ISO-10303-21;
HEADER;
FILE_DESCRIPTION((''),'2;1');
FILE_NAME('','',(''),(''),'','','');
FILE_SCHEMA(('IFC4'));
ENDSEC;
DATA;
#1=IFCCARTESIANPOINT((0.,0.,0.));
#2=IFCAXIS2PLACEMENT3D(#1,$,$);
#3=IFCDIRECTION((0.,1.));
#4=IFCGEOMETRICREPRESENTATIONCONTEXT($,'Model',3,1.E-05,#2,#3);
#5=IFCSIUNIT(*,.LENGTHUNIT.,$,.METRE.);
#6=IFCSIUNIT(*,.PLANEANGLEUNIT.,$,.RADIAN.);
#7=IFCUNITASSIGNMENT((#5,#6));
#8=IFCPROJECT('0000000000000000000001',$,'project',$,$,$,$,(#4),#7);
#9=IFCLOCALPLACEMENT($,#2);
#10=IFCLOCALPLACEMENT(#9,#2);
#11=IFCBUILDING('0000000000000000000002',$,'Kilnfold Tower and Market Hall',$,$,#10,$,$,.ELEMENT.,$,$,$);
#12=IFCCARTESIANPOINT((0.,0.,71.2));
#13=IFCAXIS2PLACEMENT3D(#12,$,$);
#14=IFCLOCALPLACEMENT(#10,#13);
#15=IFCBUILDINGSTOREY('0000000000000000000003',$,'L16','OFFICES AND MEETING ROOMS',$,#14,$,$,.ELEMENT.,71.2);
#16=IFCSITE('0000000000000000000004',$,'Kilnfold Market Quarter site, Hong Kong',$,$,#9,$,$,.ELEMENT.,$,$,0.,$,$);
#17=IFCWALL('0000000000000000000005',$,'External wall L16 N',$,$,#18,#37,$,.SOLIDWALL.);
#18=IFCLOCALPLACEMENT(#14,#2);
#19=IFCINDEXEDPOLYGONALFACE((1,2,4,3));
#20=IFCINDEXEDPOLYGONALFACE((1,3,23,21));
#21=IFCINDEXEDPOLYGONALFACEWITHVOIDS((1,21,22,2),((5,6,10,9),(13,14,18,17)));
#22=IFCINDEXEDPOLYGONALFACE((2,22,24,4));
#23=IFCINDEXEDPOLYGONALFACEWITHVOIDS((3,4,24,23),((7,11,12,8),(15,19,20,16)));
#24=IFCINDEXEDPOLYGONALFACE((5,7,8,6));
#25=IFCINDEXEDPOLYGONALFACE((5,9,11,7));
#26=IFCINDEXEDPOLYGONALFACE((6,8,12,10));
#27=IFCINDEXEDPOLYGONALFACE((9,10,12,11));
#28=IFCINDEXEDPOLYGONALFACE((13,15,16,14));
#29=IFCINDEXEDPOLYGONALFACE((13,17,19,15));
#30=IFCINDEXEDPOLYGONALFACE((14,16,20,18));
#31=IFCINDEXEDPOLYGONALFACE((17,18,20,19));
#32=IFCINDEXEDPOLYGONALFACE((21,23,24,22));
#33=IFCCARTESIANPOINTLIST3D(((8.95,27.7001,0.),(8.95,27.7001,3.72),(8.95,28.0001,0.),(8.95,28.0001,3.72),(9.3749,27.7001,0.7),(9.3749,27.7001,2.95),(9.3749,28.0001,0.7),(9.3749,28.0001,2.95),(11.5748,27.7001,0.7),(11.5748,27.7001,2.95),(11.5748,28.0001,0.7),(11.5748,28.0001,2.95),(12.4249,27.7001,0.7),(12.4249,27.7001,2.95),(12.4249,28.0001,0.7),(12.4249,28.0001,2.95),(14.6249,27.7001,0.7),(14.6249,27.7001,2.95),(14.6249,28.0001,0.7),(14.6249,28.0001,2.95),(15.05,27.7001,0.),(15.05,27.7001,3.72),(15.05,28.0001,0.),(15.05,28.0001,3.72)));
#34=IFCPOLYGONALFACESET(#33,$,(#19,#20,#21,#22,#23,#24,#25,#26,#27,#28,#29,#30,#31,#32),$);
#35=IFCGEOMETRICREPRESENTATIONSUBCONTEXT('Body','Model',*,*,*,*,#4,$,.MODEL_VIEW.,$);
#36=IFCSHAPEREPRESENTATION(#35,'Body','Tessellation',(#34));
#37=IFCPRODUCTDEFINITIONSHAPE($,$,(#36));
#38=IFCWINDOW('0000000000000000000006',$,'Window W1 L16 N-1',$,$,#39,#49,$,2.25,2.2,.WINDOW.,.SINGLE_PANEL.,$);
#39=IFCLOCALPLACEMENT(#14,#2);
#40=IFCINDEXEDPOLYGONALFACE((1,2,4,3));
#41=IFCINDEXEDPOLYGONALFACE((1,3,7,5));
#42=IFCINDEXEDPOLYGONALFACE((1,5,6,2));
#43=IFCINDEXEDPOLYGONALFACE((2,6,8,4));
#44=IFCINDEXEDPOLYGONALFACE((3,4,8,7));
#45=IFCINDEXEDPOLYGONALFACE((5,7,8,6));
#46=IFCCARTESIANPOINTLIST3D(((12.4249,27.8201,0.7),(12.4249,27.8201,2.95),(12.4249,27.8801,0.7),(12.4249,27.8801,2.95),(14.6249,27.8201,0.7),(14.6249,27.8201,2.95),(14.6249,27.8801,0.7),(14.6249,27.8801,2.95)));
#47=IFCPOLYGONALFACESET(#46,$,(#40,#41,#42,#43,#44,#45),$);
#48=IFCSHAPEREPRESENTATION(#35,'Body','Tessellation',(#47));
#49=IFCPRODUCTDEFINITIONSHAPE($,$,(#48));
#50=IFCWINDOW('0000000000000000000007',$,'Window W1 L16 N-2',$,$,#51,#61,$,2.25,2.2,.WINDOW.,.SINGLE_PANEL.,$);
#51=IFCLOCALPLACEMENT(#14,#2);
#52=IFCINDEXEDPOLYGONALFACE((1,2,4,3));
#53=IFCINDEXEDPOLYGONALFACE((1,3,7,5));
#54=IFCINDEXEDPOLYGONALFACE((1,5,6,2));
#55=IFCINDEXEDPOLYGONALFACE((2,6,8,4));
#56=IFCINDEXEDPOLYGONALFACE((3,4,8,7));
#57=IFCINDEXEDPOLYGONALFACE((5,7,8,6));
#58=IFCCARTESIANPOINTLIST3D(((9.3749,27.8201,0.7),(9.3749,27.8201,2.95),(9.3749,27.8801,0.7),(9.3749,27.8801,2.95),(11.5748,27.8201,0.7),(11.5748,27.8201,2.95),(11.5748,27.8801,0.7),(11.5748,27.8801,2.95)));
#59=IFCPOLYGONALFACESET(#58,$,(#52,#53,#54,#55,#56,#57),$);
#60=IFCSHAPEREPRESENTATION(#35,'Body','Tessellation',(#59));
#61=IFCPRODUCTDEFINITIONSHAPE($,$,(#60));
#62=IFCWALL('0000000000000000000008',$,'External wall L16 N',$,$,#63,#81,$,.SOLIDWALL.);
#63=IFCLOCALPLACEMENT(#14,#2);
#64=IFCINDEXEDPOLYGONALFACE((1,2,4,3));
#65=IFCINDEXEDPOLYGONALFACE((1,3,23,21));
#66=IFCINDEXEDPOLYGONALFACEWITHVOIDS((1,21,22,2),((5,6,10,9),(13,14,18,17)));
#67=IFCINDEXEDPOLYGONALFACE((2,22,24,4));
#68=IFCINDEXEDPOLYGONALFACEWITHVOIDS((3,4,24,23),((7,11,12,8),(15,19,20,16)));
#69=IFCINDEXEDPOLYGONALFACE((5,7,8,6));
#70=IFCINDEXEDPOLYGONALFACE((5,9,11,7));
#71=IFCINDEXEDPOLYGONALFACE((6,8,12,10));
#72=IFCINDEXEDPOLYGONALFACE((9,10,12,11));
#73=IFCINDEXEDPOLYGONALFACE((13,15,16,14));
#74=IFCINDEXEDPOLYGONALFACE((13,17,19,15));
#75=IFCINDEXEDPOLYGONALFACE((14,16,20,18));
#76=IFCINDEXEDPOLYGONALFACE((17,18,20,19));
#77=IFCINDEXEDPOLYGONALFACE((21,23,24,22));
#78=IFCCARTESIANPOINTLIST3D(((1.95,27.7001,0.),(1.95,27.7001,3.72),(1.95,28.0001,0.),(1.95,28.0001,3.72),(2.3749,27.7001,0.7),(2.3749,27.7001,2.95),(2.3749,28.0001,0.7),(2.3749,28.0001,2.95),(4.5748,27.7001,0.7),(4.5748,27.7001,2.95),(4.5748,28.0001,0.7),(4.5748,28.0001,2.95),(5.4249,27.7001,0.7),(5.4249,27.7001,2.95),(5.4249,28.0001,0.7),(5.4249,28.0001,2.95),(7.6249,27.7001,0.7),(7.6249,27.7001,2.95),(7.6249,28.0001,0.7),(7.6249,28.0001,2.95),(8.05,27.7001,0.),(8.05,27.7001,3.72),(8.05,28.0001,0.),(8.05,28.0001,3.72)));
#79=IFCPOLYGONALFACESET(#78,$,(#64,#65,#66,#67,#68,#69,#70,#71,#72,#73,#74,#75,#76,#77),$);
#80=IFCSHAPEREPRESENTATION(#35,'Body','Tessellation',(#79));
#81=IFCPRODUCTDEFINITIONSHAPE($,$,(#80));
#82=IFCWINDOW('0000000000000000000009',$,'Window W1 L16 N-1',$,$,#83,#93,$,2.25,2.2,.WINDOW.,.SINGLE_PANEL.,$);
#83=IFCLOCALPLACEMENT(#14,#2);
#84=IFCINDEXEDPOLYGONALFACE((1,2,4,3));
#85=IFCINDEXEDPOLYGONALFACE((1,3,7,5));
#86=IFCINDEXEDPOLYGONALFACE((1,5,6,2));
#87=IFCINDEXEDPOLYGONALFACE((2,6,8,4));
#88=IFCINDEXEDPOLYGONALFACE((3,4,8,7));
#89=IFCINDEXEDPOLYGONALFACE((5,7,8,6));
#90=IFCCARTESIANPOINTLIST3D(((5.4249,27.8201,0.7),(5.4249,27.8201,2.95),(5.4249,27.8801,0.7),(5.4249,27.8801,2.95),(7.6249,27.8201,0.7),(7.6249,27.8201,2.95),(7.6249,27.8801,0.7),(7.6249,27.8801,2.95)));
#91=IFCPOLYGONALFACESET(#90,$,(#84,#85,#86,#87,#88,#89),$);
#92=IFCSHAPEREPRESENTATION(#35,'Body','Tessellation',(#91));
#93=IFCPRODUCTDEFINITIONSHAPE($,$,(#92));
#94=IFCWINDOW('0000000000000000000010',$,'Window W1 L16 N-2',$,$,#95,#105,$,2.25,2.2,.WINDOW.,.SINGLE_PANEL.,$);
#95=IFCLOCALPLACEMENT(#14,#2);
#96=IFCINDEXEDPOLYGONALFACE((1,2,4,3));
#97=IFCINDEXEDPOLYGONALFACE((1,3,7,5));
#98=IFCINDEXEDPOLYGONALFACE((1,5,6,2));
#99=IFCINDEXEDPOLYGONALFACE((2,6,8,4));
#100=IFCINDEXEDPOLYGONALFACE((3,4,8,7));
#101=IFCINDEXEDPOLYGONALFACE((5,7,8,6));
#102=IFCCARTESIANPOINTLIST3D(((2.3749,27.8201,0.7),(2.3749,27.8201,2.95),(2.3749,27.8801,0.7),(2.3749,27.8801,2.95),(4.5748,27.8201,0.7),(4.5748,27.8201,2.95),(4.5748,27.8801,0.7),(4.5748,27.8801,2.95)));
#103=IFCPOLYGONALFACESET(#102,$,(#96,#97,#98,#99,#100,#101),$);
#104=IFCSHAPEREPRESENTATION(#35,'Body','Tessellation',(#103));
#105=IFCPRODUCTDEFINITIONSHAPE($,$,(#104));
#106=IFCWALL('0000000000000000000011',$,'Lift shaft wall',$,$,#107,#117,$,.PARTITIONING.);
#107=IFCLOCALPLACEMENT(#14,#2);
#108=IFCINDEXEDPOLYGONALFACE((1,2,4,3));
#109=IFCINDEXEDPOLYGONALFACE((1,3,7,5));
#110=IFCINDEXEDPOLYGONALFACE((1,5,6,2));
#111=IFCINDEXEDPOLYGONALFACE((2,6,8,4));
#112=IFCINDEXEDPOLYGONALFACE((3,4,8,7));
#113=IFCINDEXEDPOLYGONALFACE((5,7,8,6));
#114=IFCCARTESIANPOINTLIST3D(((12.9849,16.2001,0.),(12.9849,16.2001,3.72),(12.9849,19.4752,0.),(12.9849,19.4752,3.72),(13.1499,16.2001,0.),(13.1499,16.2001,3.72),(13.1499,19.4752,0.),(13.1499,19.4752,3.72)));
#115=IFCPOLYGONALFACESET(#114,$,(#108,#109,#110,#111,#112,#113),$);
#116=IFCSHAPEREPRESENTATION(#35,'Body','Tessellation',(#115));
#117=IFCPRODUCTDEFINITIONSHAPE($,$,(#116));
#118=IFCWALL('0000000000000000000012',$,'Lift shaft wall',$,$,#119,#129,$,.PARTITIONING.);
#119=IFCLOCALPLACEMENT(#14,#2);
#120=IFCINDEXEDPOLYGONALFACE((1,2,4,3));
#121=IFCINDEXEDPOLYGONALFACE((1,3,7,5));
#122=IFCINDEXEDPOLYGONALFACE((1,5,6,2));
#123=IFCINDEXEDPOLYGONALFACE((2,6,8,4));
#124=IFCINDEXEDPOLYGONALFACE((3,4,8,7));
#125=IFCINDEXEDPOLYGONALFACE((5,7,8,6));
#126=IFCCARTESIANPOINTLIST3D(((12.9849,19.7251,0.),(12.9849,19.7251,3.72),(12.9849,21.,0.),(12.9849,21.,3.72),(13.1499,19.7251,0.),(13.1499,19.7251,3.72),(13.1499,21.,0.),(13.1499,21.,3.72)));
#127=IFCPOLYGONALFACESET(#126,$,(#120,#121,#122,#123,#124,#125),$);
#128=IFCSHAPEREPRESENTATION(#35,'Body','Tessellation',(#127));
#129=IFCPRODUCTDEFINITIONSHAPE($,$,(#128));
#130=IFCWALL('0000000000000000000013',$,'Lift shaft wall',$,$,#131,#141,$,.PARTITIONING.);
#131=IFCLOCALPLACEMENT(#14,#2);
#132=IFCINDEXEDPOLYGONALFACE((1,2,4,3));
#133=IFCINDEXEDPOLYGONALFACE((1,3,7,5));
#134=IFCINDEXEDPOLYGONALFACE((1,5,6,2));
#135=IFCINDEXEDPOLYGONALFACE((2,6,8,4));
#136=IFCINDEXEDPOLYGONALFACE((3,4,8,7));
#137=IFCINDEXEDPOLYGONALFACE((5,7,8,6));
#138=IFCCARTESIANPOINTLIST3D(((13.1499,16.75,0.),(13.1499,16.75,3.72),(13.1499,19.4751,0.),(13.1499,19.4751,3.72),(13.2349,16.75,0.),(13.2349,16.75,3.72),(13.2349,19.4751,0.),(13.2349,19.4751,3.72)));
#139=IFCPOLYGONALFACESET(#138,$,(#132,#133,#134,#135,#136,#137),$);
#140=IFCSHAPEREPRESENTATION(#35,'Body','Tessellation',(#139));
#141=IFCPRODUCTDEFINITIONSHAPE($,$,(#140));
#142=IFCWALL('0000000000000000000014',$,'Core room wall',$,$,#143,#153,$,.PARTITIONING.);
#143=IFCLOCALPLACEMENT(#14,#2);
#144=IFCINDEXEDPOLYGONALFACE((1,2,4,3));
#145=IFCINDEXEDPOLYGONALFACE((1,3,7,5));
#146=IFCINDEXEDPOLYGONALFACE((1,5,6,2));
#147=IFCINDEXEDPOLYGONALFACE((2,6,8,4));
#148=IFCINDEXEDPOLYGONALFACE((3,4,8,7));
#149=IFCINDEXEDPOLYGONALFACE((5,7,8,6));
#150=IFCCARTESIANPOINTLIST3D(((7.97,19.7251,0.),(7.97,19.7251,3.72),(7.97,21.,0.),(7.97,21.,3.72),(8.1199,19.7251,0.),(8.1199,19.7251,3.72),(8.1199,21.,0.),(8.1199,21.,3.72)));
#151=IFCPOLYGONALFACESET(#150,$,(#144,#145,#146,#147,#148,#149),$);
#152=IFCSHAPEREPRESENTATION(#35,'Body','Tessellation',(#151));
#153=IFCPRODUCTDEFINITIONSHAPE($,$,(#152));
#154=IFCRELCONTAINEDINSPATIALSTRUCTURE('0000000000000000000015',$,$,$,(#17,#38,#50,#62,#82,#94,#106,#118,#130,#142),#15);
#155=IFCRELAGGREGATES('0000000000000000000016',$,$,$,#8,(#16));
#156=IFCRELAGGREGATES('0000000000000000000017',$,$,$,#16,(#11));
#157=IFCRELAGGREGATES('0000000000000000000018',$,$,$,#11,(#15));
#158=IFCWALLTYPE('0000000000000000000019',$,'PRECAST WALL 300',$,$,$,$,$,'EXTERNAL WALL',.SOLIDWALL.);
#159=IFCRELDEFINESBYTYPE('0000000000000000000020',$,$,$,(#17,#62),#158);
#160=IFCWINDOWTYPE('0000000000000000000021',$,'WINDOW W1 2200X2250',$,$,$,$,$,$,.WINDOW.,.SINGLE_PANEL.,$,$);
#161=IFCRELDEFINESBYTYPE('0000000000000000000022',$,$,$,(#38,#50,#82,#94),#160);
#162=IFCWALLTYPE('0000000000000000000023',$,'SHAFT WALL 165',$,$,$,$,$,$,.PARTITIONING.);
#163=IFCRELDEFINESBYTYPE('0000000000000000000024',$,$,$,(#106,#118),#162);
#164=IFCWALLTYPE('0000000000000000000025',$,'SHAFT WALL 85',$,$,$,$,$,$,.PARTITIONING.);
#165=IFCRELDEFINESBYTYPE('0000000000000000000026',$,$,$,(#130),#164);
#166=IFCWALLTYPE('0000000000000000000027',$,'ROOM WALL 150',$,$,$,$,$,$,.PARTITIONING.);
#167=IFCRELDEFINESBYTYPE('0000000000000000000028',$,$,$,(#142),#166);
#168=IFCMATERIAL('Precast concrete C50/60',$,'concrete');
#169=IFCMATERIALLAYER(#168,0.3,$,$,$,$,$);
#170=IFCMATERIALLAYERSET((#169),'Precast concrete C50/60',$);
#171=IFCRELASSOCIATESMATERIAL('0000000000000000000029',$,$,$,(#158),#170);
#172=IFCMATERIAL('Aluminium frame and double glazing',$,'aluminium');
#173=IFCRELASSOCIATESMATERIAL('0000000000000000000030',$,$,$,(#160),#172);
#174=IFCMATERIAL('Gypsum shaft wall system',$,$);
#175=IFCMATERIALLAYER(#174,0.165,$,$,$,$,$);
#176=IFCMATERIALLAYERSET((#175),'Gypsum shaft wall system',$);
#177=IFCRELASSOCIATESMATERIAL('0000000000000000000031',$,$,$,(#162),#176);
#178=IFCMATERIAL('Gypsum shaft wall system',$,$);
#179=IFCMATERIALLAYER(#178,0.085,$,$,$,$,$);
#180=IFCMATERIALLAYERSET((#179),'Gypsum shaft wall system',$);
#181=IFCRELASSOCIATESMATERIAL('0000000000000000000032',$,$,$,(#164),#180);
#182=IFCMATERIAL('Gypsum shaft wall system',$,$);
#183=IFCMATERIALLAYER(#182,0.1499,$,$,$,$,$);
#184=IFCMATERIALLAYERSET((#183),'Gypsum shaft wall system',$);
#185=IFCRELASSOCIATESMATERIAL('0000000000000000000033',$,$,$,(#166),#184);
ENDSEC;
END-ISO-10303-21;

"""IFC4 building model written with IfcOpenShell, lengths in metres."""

from ifc_helpers import new_model, si_unit, direction, frame, frame_2d, origin, place, context, subcontext, project, spatial, rectangle, extrude, source, transform, mapped, material, layer, layer_set, type_object, element, fill, save


model = new_model("IFC4")

# Units and contexts
model_context = context("Model", 3, precision=1e-05, world=origin(), true_north=direction((0.0, 1.0)))
body_context = subcontext(model_context, "Body", "Model", "MODEL_VIEW")
ifc_project = project(units=[si_unit("LENGTHUNIT", "METRE"), si_unit("PLANEANGLEUNIT", "RADIAN")], contexts=[model_context])

# Site, building, storey
site_placement = place(None, origin())
site = spatial("IfcSite", under=ifc_project, at=site_placement, Name="Kilnfold Market Quarter site, Hong Kong", CompositionType="ELEMENT", RefElevation=0.0)
building_placement = place(site_placement, origin())
building = spatial("IfcBuilding", under=site, at=building_placement, Name="Kilnfold Tower and Market Hall", CompositionType="ELEMENT")
storey_placement = place(building_placement, frame((0.0, 0.0, 71.2)))
storey = spatial("IfcBuildingStorey", under=building, at=storey_placement, Name="L16", Description="OFFICES AND MEETING ROOMS", CompositionType="ELEMENT", Elevation=71.2)

# Walls, openings, windows
ifc_material_1 = material(Name="Precast concrete C50/60", Category="concrete")
ifc_layer_1 = layer(ifc_material_1, 0.3)
ifc_layer_set_1 = layer_set([ifc_layer_1], Name="Precast concrete C50/60")
wall_type_1 = type_object("IfcWallType", Name="PRECAST WALL 300", ElementType="EXTERNAL WALL", PredefinedType="SOLIDWALL", material=ifc_layer_set_1)
shared_shape_1 = source(origin(), body_context, "Body", "SweptSolid", [
    extrude(rectangle(XDim=6.1001, YDim=0.3, at=frame_2d((3.05, 0.0))), origin(), (0.0, 0.0, 1.0), 3.72),
])
ifc_material_2 = material(Name="Aluminium frame and double glazing", Category="aluminium")
window_type = type_object("IfcWindowType", Name="WINDOW W1 2200X2250", PartitioningType="SINGLE_PANEL", PredefinedType="WINDOW", material=ifc_material_2)
wall_1_placement = place(storey_placement, frame((15.05, 27.8501, 0.0), z_axis=(0.0, 0.0, 1.0), x_axis=(-1.0, 0.0, 0.0)))
wall_1 = element("IfcWall", 1, at=wall_1_placement, inside=storey, type_object=wall_type_1, Name="External wall L16 N", PredefinedType="SOLIDWALL", context=body_context, shape_type="MappedRepresentation", body=[
    mapped(shared_shape_1, transform((0.0, 0.0, 0.0))),
])
opening_1_placement = place(wall_1_placement, frame((0.425, 0.0, 0.7)))
opening_1 = element("IfcOpeningElement", 2, at=opening_1_placement, cuts=wall_1, PredefinedType="OPENING", context=body_context, shape_type="SweptSolid", body=[
    extrude(rectangle(XDim=2.2, YDim=2.25, at=frame_2d((1.1001, 1.125))), frame((0.0, 0.1602, 0.0), z_axis=(0.0, -1.0, 0.0), x_axis=(1.0, 0.0, 0.0)), (0.0, 0.0, 1.0), 0.3201),
])
opening_2_placement = place(wall_1_placement, frame((3.4751, 0.0, 0.7)))
opening_2 = element("IfcOpeningElement", 3, at=opening_2_placement, cuts=wall_1, PredefinedType="OPENING", context=body_context, shape_type="SweptSolid", body=[
    extrude(rectangle(XDim=2.2, YDim=2.25, at=frame_2d((1.1001, 1.125))), frame((0.0, 0.1602, 0.0), z_axis=(0.0, -1.0, 0.0), x_axis=(1.0, 0.0, 0.0)), (0.0, 0.0, 1.0), 0.3201),
])
window_1_placement = place(opening_1_placement, origin())
window_1 = element("IfcWindow", 4, at=window_1_placement, inside=storey, type_object=window_type, Name="Window W1 L16 N-1", OverallHeight=2.25, OverallWidth=2.2, PartitioningType="SINGLE_PANEL", PredefinedType="WINDOW", context=body_context, shape_type="SweptSolid", body=[
    extrude(rectangle(XDim=2.2, YDim=2.25, at=frame_2d((1.1001, 1.125))), frame((0.0, 0.03, 0.0), z_axis=(0.0, -1.0, 0.0), x_axis=(1.0, 0.0, 0.0)), (0.0, 0.0, 1.0), 0.0601),
])
fill(opening_1, window_1)
window_2_placement = place(opening_2_placement, origin())
window_2 = element("IfcWindow", 5, at=window_2_placement, inside=storey, type_object=window_type, Name="Window W1 L16 N-2", OverallHeight=2.25, OverallWidth=2.2, PartitioningType="SINGLE_PANEL", PredefinedType="WINDOW", context=body_context, shape_type="SweptSolid", body=[
    extrude(rectangle(XDim=2.2, YDim=2.25, at=frame_2d((1.1001, 1.125))), frame((0.0, 0.03, 0.0), z_axis=(0.0, -1.0, 0.0), x_axis=(1.0, 0.0, 0.0)), (0.0, 0.0, 1.0), 0.0601),
])
fill(opening_2, window_2)
wall_2_placement = place(storey_placement, frame((8.05, 27.8501, 0.0), z_axis=(0.0, 0.0, 1.0), x_axis=(-1.0, 0.0, 0.0)))
wall_2 = element("IfcWall", 6, at=wall_2_placement, inside=storey, type_object=wall_type_1, Name="External wall L16 N", PredefinedType="SOLIDWALL", context=body_context, shape_type="MappedRepresentation", body=[
    mapped(shared_shape_1, transform((0.0, 0.0, 0.0))),
])
opening_3_placement = place(wall_2_placement, frame((0.425, 0.0, 0.7)))
opening_3 = element("IfcOpeningElement", 7, at=opening_3_placement, cuts=wall_2, PredefinedType="OPENING", context=body_context, shape_type="SweptSolid", body=[
    extrude(rectangle(XDim=2.2, YDim=2.25, at=frame_2d((1.1001, 1.125))), frame((0.0, 0.1602, 0.0), z_axis=(0.0, -1.0, 0.0), x_axis=(1.0, 0.0, 0.0)), (0.0, 0.0, 1.0), 0.3201),
])
opening_4_placement = place(wall_2_placement, frame((3.4751, 0.0, 0.7)))
opening_4 = element("IfcOpeningElement", 8, at=opening_4_placement, cuts=wall_2, PredefinedType="OPENING", context=body_context, shape_type="SweptSolid", body=[
    extrude(rectangle(XDim=2.2, YDim=2.25, at=frame_2d((1.1001, 1.125))), frame((0.0, 0.1602, 0.0), z_axis=(0.0, -1.0, 0.0), x_axis=(1.0, 0.0, 0.0)), (0.0, 0.0, 1.0), 0.3201),
])
window_3_placement = place(opening_3_placement, origin())
window_3 = element("IfcWindow", 9, at=window_3_placement, inside=storey, type_object=window_type, Name="Window W1 L16 N-1", OverallHeight=2.25, OverallWidth=2.2, PartitioningType="SINGLE_PANEL", PredefinedType="WINDOW", context=body_context, shape_type="SweptSolid", body=[
    extrude(rectangle(XDim=2.2, YDim=2.25, at=frame_2d((1.1001, 1.125))), frame((0.0, 0.03, 0.0), z_axis=(0.0, -1.0, 0.0), x_axis=(1.0, 0.0, 0.0)), (0.0, 0.0, 1.0), 0.0601),
])
fill(opening_3, window_3)
window_4_placement = place(opening_4_placement, origin())
window_4 = element("IfcWindow", 10, at=window_4_placement, inside=storey, type_object=window_type, Name="Window W1 L16 N-2", OverallHeight=2.25, OverallWidth=2.2, PartitioningType="SINGLE_PANEL", PredefinedType="WINDOW", context=body_context, shape_type="SweptSolid", body=[
    extrude(rectangle(XDim=2.2, YDim=2.25, at=frame_2d((1.1001, 1.125))), frame((0.0, 0.03, 0.0), z_axis=(0.0, -1.0, 0.0), x_axis=(1.0, 0.0, 0.0)), (0.0, 0.0, 1.0), 0.0601),
])
fill(opening_4, window_4)

# Walls
ifc_material_3 = material(Name="Gypsum shaft wall system")
ifc_layer_2 = layer(ifc_material_3, 0.165)
ifc_layer_set_2 = layer_set([ifc_layer_2], Name="Gypsum shaft wall system")
wall_type_2 = type_object("IfcWallType", Name="SHAFT WALL 165", PredefinedType="PARTITIONING", material=ifc_layer_set_2)
shared_shape_2 = source(origin(), body_context, "Body", "SweptSolid", [
    extrude(rectangle(XDim=3.2751, YDim=0.165, at=frame_2d((1.6377, 0.0))), origin(), (0.0, 0.0, 1.0), 3.72),
])
wall_3_placement = place(storey_placement, frame((13.0674, 16.2, 0.0), z_axis=(0.0, 0.0, 1.0), x_axis=(0.0, 1.0, 0.0)))
element("IfcWall", 11, at=wall_3_placement, inside=storey, type_object=wall_type_2, Name="Lift shaft wall", PredefinedType="PARTITIONING", context=body_context, shape_type="MappedRepresentation", body=[
    mapped(shared_shape_2, transform((0.0, 0.0, 0.0))),
])
shared_shape_3 = source(origin(), body_context, "Body", "SweptSolid", [
    extrude(rectangle(XDim=1.2749, YDim=0.165, at=frame_2d((0.6375, 0.0))), origin(), (0.0, 0.0, 1.0), 3.72),
])
wall_4_placement = place(storey_placement, frame((13.0674, 19.7251, 0.0), z_axis=(0.0, 0.0, 1.0), x_axis=(0.0, 1.0, 0.0)))
element("IfcWall", 12, at=wall_4_placement, inside=storey, type_object=wall_type_2, Name="Lift shaft wall", PredefinedType="PARTITIONING", context=body_context, shape_type="MappedRepresentation", body=[
    mapped(shared_shape_3, transform((0.0, 0.0, 0.0))),
])
ifc_material_4 = material(Name="Gypsum shaft wall system")
ifc_layer_3 = layer(ifc_material_4, 0.085)
ifc_layer_set_3 = layer_set([ifc_layer_3], Name="Gypsum shaft wall system")
wall_type_3 = type_object("IfcWallType", Name="SHAFT WALL 85", PredefinedType="PARTITIONING", material=ifc_layer_set_3)
shared_shape_4 = source(origin(), body_context, "Body", "SweptSolid", [
    extrude(rectangle(XDim=2.7251, YDim=0.085, at=frame_2d((1.3625, 0.0))), origin(), (0.0, 0.0, 1.0), 3.72),
])
wall_5_placement = place(storey_placement, frame((13.1924, 16.75, 0.0), z_axis=(0.0, 0.0, 1.0), x_axis=(0.0, 1.0, 0.0)))
element("IfcWall", 13, at=wall_5_placement, inside=storey, type_object=wall_type_3, Name="Lift shaft wall", PredefinedType="PARTITIONING", context=body_context, shape_type="MappedRepresentation", body=[
    mapped(shared_shape_4, transform((0.0, 0.0, 0.0))),
])
ifc_material_5 = material(Name="Gypsum shaft wall system")
ifc_layer_4 = layer(ifc_material_5, 0.1499)
ifc_layer_set_4 = layer_set([ifc_layer_4], Name="Gypsum shaft wall system")
wall_type_4 = type_object("IfcWallType", Name="ROOM WALL 150", PredefinedType="PARTITIONING", material=ifc_layer_set_4)
shared_shape_5 = source(origin(), body_context, "Body", "SweptSolid", [
    extrude(rectangle(XDim=1.2749, YDim=0.1499, at=frame_2d((0.6375, 0.0))), origin(), (0.0, 0.0, 1.0), 3.72),
])
wall_6_placement = place(storey_placement, frame((8.0449, 19.7251, 0.0), z_axis=(0.0, 0.0, 1.0), x_axis=(0.0, 1.0, 0.0)))
element("IfcWall", 14, at=wall_6_placement, inside=storey, type_object=wall_type_4, Name="Core room wall", PredefinedType="PARTITIONING", context=body_context, shape_type="MappedRepresentation", body=[
    mapped(shared_shape_5, transform((0.0, 0.0, 0.0))),
])

save(model, "model.ifc")
